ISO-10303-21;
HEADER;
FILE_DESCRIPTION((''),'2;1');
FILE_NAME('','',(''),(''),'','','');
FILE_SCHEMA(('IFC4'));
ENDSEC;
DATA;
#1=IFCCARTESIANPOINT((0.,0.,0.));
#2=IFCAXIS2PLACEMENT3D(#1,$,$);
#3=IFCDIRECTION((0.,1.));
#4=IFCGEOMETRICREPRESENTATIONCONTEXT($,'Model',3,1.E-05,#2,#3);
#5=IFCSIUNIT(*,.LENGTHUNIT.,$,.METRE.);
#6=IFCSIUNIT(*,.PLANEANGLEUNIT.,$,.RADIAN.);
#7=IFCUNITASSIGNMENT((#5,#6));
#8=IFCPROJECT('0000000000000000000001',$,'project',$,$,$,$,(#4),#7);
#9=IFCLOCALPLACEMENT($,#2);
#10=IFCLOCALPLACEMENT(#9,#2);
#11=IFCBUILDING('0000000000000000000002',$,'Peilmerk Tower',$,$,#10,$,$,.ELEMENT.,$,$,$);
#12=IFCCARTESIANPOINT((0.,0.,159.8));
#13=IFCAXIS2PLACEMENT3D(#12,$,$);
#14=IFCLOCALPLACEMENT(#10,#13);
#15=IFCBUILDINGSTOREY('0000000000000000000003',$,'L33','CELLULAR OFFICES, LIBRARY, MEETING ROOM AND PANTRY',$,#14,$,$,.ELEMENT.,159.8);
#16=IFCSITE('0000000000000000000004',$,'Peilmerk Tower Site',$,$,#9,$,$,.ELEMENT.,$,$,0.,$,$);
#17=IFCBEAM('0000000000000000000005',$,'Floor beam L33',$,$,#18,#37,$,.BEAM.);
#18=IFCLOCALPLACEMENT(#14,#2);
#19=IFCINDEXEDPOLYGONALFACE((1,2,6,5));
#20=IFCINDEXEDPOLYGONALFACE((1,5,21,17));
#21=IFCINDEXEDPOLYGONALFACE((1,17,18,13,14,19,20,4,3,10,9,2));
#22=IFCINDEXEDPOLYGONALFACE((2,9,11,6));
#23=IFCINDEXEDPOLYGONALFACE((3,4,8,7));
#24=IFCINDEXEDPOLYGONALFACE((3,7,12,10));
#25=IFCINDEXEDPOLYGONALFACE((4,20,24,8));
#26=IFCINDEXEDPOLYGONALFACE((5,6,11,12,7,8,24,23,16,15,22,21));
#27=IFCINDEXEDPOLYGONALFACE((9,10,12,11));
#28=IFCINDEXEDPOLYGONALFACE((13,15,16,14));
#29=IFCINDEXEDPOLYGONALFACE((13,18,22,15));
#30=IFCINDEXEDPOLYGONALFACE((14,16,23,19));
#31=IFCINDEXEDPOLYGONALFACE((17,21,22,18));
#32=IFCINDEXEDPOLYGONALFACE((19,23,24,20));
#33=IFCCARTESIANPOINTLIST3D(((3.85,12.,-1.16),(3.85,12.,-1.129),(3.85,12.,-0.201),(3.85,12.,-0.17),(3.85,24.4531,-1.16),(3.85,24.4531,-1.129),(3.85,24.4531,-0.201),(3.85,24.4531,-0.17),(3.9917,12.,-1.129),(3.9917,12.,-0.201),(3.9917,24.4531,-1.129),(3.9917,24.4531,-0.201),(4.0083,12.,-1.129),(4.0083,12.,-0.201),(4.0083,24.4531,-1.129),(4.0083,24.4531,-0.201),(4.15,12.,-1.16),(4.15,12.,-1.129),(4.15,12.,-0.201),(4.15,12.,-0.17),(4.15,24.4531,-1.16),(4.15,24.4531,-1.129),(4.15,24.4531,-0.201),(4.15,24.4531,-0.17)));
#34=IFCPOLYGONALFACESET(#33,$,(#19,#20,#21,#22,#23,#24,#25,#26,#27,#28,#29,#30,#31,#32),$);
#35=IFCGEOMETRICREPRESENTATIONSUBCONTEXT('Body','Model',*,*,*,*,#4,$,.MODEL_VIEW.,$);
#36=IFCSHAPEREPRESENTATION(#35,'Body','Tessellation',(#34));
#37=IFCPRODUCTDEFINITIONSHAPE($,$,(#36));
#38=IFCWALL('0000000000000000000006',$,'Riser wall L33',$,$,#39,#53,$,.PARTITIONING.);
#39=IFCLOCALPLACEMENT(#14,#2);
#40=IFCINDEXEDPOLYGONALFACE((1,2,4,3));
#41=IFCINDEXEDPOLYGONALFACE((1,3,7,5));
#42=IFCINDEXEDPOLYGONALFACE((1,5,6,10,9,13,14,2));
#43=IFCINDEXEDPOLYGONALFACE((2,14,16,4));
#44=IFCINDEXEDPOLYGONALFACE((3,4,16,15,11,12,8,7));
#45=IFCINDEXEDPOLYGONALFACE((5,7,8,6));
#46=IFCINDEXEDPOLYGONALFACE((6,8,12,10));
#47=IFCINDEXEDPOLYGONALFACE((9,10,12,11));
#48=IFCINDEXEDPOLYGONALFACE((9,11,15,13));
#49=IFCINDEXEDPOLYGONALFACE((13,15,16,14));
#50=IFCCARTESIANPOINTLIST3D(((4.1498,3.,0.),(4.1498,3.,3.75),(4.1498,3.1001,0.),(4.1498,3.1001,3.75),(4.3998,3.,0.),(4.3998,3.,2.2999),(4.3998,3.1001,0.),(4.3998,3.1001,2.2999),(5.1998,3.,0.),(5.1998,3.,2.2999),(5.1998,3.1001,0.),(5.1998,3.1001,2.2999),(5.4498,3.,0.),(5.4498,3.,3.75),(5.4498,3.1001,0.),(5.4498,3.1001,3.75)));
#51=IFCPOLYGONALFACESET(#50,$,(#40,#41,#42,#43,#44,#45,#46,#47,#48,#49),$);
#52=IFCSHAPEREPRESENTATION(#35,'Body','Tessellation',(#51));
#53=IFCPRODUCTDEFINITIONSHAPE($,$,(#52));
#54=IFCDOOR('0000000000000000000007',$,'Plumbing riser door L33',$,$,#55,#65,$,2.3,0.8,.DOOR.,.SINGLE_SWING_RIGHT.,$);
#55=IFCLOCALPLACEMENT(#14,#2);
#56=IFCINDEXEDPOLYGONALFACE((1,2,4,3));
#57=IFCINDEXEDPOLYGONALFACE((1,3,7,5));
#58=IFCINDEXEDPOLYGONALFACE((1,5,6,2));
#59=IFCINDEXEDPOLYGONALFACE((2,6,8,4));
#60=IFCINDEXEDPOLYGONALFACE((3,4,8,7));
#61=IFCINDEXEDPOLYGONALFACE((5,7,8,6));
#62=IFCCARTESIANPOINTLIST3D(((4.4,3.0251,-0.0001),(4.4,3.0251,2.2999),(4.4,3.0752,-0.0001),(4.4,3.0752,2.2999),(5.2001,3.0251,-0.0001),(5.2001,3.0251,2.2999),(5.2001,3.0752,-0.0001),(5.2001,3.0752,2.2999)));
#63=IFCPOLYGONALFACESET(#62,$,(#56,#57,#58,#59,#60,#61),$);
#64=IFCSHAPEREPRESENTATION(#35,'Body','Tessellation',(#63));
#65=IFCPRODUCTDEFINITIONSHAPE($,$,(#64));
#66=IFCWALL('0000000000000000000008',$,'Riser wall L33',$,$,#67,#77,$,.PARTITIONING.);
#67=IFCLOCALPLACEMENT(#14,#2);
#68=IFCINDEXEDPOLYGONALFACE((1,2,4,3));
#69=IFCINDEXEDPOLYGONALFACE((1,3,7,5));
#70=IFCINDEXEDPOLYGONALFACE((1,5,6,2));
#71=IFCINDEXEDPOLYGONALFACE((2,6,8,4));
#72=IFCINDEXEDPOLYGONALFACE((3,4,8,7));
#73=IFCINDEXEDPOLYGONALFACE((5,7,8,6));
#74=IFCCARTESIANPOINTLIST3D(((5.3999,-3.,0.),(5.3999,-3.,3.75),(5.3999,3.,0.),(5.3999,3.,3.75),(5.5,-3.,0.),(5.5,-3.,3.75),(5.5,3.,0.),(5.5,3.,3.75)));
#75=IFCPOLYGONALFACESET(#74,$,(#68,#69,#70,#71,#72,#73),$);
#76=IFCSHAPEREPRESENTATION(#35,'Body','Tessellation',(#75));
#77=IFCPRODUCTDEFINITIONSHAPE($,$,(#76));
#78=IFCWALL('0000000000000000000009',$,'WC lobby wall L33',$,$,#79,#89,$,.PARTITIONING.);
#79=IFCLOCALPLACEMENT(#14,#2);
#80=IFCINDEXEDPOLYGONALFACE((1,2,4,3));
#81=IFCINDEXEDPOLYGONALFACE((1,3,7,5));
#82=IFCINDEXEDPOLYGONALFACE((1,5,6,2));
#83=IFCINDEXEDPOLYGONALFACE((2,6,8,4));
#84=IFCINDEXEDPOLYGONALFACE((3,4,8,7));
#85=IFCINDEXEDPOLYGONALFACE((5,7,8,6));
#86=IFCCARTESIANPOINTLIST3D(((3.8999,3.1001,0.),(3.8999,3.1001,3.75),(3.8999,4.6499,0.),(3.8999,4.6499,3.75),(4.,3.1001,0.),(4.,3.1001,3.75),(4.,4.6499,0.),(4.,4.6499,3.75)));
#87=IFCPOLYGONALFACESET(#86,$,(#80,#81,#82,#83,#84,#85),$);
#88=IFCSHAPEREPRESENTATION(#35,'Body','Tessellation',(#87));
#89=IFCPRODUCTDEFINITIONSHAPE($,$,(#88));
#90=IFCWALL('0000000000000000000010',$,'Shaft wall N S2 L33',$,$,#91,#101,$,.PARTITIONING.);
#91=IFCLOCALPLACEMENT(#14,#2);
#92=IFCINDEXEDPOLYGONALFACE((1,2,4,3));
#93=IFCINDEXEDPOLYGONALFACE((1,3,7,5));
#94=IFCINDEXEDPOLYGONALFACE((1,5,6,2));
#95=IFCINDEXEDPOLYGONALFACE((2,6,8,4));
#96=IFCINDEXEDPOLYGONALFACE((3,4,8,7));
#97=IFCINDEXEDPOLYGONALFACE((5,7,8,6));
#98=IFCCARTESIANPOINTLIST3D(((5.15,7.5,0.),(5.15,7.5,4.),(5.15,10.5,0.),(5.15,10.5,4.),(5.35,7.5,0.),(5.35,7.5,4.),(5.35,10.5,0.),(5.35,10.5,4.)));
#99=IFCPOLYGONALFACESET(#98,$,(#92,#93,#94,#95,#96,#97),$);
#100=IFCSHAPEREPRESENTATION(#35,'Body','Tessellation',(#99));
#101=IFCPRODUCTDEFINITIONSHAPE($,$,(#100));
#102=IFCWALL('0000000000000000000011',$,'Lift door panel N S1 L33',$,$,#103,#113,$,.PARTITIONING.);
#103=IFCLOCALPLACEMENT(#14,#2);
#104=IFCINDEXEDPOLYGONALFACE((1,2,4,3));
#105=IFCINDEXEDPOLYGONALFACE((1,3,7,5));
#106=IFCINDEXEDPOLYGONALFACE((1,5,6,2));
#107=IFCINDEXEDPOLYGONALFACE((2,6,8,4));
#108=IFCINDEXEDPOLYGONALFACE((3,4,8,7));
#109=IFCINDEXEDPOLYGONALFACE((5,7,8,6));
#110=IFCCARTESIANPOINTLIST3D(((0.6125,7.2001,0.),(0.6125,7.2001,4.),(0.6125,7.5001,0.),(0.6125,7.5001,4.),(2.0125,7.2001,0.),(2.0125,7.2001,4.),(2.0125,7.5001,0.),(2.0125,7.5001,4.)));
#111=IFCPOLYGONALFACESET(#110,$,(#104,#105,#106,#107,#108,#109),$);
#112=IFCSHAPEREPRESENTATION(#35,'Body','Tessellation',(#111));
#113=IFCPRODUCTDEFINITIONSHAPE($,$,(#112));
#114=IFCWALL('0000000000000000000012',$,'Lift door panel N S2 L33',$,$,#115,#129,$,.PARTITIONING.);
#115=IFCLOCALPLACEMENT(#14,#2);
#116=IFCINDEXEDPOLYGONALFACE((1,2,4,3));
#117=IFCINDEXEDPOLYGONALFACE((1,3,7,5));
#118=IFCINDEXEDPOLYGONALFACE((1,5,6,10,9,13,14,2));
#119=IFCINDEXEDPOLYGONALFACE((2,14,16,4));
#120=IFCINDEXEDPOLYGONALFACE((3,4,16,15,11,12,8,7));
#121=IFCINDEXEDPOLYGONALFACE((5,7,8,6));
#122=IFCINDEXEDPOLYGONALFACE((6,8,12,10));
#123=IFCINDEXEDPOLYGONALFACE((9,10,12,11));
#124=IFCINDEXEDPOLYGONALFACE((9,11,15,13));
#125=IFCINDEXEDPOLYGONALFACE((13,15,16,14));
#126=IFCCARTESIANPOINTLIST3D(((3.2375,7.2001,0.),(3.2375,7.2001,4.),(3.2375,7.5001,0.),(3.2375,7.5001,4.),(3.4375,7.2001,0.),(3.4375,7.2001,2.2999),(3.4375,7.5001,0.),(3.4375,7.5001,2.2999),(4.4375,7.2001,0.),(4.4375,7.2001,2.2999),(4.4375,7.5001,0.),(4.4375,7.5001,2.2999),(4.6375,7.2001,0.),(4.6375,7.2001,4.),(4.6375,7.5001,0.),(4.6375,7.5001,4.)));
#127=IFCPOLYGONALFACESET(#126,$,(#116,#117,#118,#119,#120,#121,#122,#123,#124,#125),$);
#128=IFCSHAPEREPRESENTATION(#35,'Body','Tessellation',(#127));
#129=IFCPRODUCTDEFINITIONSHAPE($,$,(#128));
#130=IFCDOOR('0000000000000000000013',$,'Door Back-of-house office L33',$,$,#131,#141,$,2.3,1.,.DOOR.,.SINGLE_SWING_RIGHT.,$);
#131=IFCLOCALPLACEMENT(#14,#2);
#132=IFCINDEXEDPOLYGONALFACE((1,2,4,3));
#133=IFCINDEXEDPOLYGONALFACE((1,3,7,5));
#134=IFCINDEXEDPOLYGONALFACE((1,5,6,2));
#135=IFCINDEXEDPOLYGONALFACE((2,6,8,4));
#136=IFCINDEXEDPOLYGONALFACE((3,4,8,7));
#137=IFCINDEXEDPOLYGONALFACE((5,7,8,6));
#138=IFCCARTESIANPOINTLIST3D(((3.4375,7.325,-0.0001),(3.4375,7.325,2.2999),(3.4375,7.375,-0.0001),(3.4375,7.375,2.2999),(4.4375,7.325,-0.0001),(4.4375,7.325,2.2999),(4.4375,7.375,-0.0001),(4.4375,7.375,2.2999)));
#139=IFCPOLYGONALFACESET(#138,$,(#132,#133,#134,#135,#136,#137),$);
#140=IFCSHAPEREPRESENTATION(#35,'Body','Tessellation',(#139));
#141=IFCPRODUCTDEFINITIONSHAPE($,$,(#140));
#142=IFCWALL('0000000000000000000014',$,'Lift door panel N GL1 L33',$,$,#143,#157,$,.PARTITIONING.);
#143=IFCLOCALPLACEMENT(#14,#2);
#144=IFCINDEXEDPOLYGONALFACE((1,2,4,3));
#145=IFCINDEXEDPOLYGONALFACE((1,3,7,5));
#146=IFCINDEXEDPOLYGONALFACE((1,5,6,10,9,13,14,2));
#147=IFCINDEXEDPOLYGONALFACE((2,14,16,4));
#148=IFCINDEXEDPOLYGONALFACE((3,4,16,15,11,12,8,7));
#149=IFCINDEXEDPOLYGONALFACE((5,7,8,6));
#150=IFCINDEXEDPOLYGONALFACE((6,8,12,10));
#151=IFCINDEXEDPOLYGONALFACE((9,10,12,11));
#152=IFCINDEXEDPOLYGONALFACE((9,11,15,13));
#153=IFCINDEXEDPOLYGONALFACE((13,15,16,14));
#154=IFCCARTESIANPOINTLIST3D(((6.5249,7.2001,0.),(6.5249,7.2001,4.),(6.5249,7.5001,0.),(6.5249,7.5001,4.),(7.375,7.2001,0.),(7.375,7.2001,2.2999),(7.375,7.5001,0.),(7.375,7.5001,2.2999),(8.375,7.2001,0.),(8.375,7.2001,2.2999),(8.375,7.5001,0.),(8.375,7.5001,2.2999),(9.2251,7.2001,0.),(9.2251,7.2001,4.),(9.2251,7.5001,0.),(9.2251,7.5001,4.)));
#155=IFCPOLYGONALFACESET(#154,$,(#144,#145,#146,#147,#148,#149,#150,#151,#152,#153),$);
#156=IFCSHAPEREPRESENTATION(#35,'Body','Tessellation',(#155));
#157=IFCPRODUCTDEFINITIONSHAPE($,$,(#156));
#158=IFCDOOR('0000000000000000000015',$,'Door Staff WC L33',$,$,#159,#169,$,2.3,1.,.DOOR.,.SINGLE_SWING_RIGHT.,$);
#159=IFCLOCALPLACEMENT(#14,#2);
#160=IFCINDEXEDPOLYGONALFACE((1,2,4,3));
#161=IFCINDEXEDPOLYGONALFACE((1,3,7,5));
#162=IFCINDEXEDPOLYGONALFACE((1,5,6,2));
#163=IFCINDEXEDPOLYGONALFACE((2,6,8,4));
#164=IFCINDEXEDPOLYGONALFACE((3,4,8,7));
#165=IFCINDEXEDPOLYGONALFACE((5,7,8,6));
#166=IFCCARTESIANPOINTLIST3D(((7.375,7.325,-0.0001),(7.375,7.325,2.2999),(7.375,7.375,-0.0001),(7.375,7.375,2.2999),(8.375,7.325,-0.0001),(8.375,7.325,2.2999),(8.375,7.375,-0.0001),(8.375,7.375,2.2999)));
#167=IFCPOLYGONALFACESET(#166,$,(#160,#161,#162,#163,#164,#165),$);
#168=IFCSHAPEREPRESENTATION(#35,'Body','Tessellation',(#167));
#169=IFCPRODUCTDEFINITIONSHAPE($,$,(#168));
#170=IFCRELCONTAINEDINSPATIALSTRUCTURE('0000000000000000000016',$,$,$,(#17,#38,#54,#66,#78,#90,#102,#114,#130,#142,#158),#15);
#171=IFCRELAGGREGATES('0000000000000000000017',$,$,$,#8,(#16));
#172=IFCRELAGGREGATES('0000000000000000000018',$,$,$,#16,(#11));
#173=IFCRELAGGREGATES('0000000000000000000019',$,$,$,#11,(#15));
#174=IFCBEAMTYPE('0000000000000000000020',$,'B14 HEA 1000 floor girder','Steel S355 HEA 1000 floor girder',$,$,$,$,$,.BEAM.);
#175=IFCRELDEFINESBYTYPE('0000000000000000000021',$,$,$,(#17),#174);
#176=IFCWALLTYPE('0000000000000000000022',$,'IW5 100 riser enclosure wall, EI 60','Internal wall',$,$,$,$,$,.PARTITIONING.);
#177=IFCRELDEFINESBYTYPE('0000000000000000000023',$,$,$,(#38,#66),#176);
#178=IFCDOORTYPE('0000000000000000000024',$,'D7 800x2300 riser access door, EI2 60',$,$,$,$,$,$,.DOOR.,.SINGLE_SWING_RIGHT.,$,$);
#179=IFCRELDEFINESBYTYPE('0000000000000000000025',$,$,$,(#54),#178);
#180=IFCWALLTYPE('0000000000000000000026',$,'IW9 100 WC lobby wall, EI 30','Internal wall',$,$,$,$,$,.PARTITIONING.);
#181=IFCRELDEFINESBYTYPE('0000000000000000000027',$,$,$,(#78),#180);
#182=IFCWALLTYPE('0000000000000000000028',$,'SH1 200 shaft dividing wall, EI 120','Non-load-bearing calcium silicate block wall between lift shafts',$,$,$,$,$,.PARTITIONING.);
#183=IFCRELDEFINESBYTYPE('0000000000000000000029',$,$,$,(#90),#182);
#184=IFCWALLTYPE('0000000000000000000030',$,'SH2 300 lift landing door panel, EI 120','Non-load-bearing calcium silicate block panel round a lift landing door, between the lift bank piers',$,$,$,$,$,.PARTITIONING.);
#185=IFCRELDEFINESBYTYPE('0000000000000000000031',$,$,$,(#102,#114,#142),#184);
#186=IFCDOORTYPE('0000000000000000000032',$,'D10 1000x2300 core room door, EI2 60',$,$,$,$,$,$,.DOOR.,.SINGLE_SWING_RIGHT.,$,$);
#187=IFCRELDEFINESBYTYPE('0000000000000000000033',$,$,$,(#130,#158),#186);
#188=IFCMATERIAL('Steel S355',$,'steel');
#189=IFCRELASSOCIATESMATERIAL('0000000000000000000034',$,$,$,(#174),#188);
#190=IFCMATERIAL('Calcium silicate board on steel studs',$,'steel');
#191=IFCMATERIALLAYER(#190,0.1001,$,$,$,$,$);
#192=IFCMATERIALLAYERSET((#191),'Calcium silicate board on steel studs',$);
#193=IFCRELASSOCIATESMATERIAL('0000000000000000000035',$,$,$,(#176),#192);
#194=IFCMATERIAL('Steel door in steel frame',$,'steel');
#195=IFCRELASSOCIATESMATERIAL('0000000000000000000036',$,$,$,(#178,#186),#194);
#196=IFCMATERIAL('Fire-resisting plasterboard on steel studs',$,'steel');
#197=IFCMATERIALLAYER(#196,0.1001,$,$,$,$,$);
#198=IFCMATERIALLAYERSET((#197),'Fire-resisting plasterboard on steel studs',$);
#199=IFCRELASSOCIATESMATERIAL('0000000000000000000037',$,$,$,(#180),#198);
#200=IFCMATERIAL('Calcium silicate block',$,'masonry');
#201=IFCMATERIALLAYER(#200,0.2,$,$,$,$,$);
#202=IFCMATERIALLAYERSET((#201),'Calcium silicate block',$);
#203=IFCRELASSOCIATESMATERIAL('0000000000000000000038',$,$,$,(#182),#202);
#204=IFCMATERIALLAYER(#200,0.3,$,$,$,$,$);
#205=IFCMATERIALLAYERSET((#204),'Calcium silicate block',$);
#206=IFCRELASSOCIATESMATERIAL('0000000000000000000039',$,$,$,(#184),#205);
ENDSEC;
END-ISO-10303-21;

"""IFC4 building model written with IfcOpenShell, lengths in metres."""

from ifc_helpers import new_model, si_unit, direction, frame, frame_2d, origin, origin_2d, place, context, subcontext, project, spatial, rectangle, i_section, extrude, material, layer, layer_set, material_profile, profile_set, type_object, element, fill, save


model = new_model("IFC4")

# Units and contexts
model_context = context("Model", 3, precision=1e-05, world=origin(), true_north=direction((0.0, 1.0)))
body_context = subcontext(model_context, "Body", "Model", "MODEL_VIEW")
ifc_project = project(units=[si_unit("LENGTHUNIT", "METRE"), si_unit("PLANEANGLEUNIT", "RADIAN")], contexts=[model_context])

# Site, building, storey
site_placement = place(None, origin())
site = spatial("IfcSite", under=ifc_project, at=site_placement, Name="Peilmerk Tower Site", CompositionType="ELEMENT", RefElevation=0.0)
building_placement = place(site_placement, origin())
building = spatial("IfcBuilding", under=site, at=building_placement, Name="Peilmerk Tower", CompositionType="ELEMENT")
storey_placement = place(building_placement, frame((0.0, 0.0, 159.8)))
storey = spatial("IfcBuildingStorey", under=building, at=storey_placement, Name="L33", Description="CELLULAR OFFICES, LIBRARY, MEETING ROOM AND PANTRY", CompositionType="ELEMENT", Elevation=159.8)

# Beam
ifc_material_1 = material(Name="Steel S355", Category="steel")
ifc_material_profile = material_profile(ifc_material_1, i_section(OverallWidth=0.3, OverallDepth=0.99, WebThickness=0.0166, FlangeThickness=0.031, at=origin_2d()), Name="HEA 1000")
ifc_profile_set = profile_set([ifc_material_profile], Name="Steel S355")
beam_type = type_object("IfcBeamType", Name="B14 HEA 1000 floor girder", Description="Steel S355 HEA 1000 floor girder", PredefinedType="BEAM", material=ifc_profile_set)
beam_placement = place(storey_placement, frame((4.0, 12.0, -0.665), z_axis=(0.0, 1.0, 0.0), x_axis=(-1.0, 0.0, 0.0)))
element("IfcBeam", 1, at=beam_placement, inside=storey, type_object=beam_type, Name="Floor beam L33", PredefinedType="BEAM", context=body_context, shape_type="SweptSolid", body=[
    extrude(i_section(OverallWidth=0.3, OverallDepth=0.99, WebThickness=0.0166, FlangeThickness=0.031, at=origin_2d()), origin(), (0.0, 0.0, 1.0), 12.4531),
])

# Wall, opening, door
ifc_material_2 = material(Name="Calcium silicate board on steel studs", Category="steel")
ifc_layer_1 = layer(ifc_material_2, 0.1001)
ifc_layer_set_1 = layer_set([ifc_layer_1], Name="Calcium silicate board on steel studs")
wall_type_1 = type_object("IfcWallType", Name="IW5 100 riser enclosure wall, EI 60", Description="Internal wall", PredefinedType="PARTITIONING", material=ifc_layer_set_1)
wall_1_placement = place(storey_placement, frame((4.1499, 3.05, 0.0), z_axis=(0.0, 0.0, 1.0), x_axis=(1.0, 0.0, 0.0)))
wall_1 = element("IfcWall", 2, at=wall_1_placement, inside=storey, type_object=wall_type_1, Name="Riser wall L33", PredefinedType="PARTITIONING", context=body_context, shape_type="SweptSolid", body=[
    extrude(rectangle(XDim=1.3, YDim=0.1001, at=frame_2d((0.6499, 0.0))), origin(), (0.0, 0.0, 1.0), 3.75),
])
opening_1_placement = place(wall_1_placement, frame((0.25, 0.0, 0.0)))
opening_1 = element("IfcOpeningElement", 3, at=opening_1_placement, cuts=wall_1, PredefinedType="OPENING", context=body_context, shape_type="SweptSolid", body=[
    extrude(rectangle(XDim=0.8, YDim=2.3, at=frame_2d((0.3999, 1.1499))), frame((0.0, 0.0601, 0.0), z_axis=(0.0, -1.0, 0.0), x_axis=(1.0, 0.0, 0.0)), (0.0, 0.0, 1.0), 0.1201),
])
ifc_material_3 = material(Name="Steel door in steel frame", Category="steel")
door_type_1 = type_object("IfcDoorType", Name="D7 800x2300 riser access door, EI2 60", OperationType="SINGLE_SWING_RIGHT", PredefinedType="DOOR", material=ifc_material_3)
door_1_placement = place(opening_1_placement, frame((0.8, 0.0, 0.0), z_axis=(0.0, 0.0, 1.0), x_axis=(-1.0, 0.0, 0.0)))
door_1 = element("IfcDoor", 4, at=door_1_placement, inside=storey, type_object=door_type_1, Name="Plumbing riser door L33", OperationType="SINGLE_SWING_RIGHT", OverallHeight=2.3, OverallWidth=0.8, PredefinedType="DOOR", context=body_context, shape_type="SweptSolid", body=[
    extrude(rectangle(XDim=0.8, YDim=2.3, at=frame_2d((0.3999, 1.1499))), frame((0.0, 0.0249, 0.0), z_axis=(0.0, -1.0, 0.0), x_axis=(1.0, 0.0, 0.0)), (0.0, 0.0, 1.0), 0.05),
])
fill(opening_1, door_1)

# Walls
wall_2_placement = place(storey_placement, frame((5.45, 3.0, 0.0), z_axis=(0.0, 0.0, 1.0), x_axis=(0.0, -1.0, 0.0)))
element("IfcWall", 5, at=wall_2_placement, inside=storey, type_object=wall_type_1, Name="Riser wall L33", PredefinedType="PARTITIONING", context=body_context, shape_type="SweptSolid", body=[
    extrude(rectangle(XDim=6.0, YDim=0.1001, at=frame_2d((3.0, 0.0))), origin(), (0.0, 0.0, 1.0), 3.75),
])
ifc_material_4 = material(Name="Fire-resisting plasterboard on steel studs", Category="steel")
ifc_layer_2 = layer(ifc_material_4, 0.1001)
ifc_layer_set_2 = layer_set([ifc_layer_2], Name="Fire-resisting plasterboard on steel studs")
wall_type_2 = type_object("IfcWallType", Name="IW9 100 WC lobby wall, EI 30", Description="Internal wall", PredefinedType="PARTITIONING", material=ifc_layer_set_2)
wall_3_placement = place(storey_placement, frame((3.95, 3.1001, 0.0), z_axis=(0.0, 0.0, 1.0), x_axis=(0.0, 1.0, 0.0)))
element("IfcWall", 6, at=wall_3_placement, inside=storey, type_object=wall_type_2, Name="WC lobby wall L33", PredefinedType="PARTITIONING", context=body_context, shape_type="SweptSolid", body=[
    extrude(rectangle(XDim=1.5498, YDim=0.1001, at=frame_2d((0.7749, 0.0))), origin(), (0.0, 0.0, 1.0), 3.75),
])
ifc_material_5 = material(Name="Calcium silicate block", Category="masonry")
ifc_layer_3 = layer(ifc_material_5, 0.2)
ifc_layer_set_3 = layer_set([ifc_layer_3], Name="Calcium silicate block")
wall_type_3 = type_object("IfcWallType", Name="SH1 200 shaft dividing wall, EI 120", Description="Non-load-bearing calcium silicate block wall between lift shafts", PredefinedType="PARTITIONING", material=ifc_layer_set_3)
wall_4_placement = place(storey_placement, frame((5.25, 7.5, 0.0), z_axis=(0.0, 0.0, 1.0), x_axis=(0.0, 1.0, 0.0)))
element("IfcWall", 7, at=wall_4_placement, inside=storey, type_object=wall_type_3, Name="Shaft wall N S2 L33", PredefinedType="PARTITIONING", context=body_context, shape_type="SweptSolid", body=[
    extrude(rectangle(XDim=3.0, YDim=0.2, at=frame_2d((1.5, 0.0))), origin(), (0.0, 0.0, 1.0), 4.0),
])
ifc_layer_4 = layer(ifc_material_5, 0.3)
ifc_layer_set_4 = layer_set([ifc_layer_4], Name="Calcium silicate block")
wall_type_4 = type_object("IfcWallType", Name="SH2 300 lift landing door panel, EI 120", Description="Non-load-bearing calcium silicate block panel round a lift landing door, between the lift bank piers", PredefinedType="PARTITIONING", material=ifc_layer_set_4)
wall_5_placement = place(storey_placement, frame((0.6125, 7.3501, 0.0), z_axis=(0.0, 0.0, 1.0), x_axis=(1.0, 0.0, 0.0)))
element("IfcWall", 8, at=wall_5_placement, inside=storey, type_object=wall_type_4, Name="Lift door panel N S1 L33", PredefinedType="PARTITIONING", context=body_context, shape_type="SweptSolid", body=[
    extrude(rectangle(XDim=1.3999, YDim=0.3, at=frame_2d((0.7, 0.0))), origin(), (0.0, 0.0, 1.0), 4.0),
])

# Walls, openings, doors
wall_6_placement = place(storey_placement, frame((3.2375, 7.3501, 0.0), z_axis=(0.0, 0.0, 1.0), x_axis=(1.0, 0.0, 0.0)))
wall_6 = element("IfcWall", 9, at=wall_6_placement, inside=storey, type_object=wall_type_4, Name="Lift door panel N S2 L33", PredefinedType="PARTITIONING", context=body_context, shape_type="SweptSolid", body=[
    extrude(rectangle(XDim=1.3999, YDim=0.3, at=frame_2d((0.7, 0.0))), origin(), (0.0, 0.0, 1.0), 4.0),
])
opening_2_placement = place(wall_6_placement, frame((0.2, 0.0, 0.0)))
opening_2 = element("IfcOpeningElement", 10, at=opening_2_placement, cuts=wall_6, PredefinedType="OPENING", context=body_context, shape_type="SweptSolid", body=[
    extrude(rectangle(XDim=1.0, YDim=2.3, at=frame_2d((0.5, 1.1499))), frame((0.0, 0.1599, 0.0), z_axis=(0.0, -1.0, 0.0), x_axis=(1.0, 0.0, 0.0)), (0.0, 0.0, 1.0), 0.3201),
])
door_type_2 = type_object("IfcDoorType", Name="D10 1000x2300 core room door, EI2 60", OperationType="SINGLE_SWING_RIGHT", PredefinedType="DOOR", material=ifc_material_3)
door_2_placement = place(opening_2_placement, origin())
door_2 = element("IfcDoor", 11, at=door_2_placement, inside=storey, type_object=door_type_2, Name="Door Back-of-house office L33", OperationType="SINGLE_SWING_RIGHT", OverallHeight=2.3, OverallWidth=1.0, PredefinedType="DOOR", context=body_context, shape_type="SweptSolid", body=[
    extrude(rectangle(XDim=1.0, YDim=2.3, at=frame_2d((0.5, 1.1499))), frame((0.0, 0.0249, 0.0), z_axis=(0.0, -1.0, 0.0), x_axis=(1.0, 0.0, 0.0)), (0.0, 0.0, 1.0), 0.05),
])
fill(opening_2, door_2)
wall_7_placement = place(storey_placement, frame((6.5249, 7.3501, 0.0), z_axis=(0.0, 0.0, 1.0), x_axis=(1.0, 0.0, 0.0)))
wall_7 = element("IfcWall", 12, at=wall_7_placement, inside=storey, type_object=wall_type_4, Name="Lift door panel N GL1 L33", PredefinedType="PARTITIONING", context=body_context, shape_type="SweptSolid", body=[
    extrude(rectangle(XDim=2.7002, YDim=0.3, at=frame_2d((1.3501, 0.0))), origin(), (0.0, 0.0, 1.0), 4.0),
])
opening_3_placement = place(wall_7_placement, frame((0.8501, 0.0, 0.0)))
opening_3 = element("IfcOpeningElement", 13, at=opening_3_placement, cuts=wall_7, PredefinedType="OPENING", context=body_context, shape_type="SweptSolid", body=[
    extrude(rectangle(XDim=1.0, YDim=2.3, at=frame_2d((0.5, 1.1499))), frame((0.0, 0.1599, 0.0), z_axis=(0.0, -1.0, 0.0), x_axis=(1.0, 0.0, 0.0)), (0.0, 0.0, 1.0), 0.3201),
])
door_3_placement = place(opening_3_placement, origin())
door_3 = element("IfcDoor", 14, at=door_3_placement, inside=storey, type_object=door_type_2, Name="Door Staff WC L33", OperationType="SINGLE_SWING_RIGHT", OverallHeight=2.3, OverallWidth=1.0, PredefinedType="DOOR", context=body_context, shape_type="SweptSolid", body=[
    extrude(rectangle(XDim=1.0, YDim=2.3, at=frame_2d((0.5, 1.1499))), frame((0.0, 0.0249, 0.0), z_axis=(0.0, -1.0, 0.0), x_axis=(1.0, 0.0, 0.0)), (0.0, 0.0, 1.0), 0.05),
])
fill(opening_3, door_3)

save(model, "model.ifc")
